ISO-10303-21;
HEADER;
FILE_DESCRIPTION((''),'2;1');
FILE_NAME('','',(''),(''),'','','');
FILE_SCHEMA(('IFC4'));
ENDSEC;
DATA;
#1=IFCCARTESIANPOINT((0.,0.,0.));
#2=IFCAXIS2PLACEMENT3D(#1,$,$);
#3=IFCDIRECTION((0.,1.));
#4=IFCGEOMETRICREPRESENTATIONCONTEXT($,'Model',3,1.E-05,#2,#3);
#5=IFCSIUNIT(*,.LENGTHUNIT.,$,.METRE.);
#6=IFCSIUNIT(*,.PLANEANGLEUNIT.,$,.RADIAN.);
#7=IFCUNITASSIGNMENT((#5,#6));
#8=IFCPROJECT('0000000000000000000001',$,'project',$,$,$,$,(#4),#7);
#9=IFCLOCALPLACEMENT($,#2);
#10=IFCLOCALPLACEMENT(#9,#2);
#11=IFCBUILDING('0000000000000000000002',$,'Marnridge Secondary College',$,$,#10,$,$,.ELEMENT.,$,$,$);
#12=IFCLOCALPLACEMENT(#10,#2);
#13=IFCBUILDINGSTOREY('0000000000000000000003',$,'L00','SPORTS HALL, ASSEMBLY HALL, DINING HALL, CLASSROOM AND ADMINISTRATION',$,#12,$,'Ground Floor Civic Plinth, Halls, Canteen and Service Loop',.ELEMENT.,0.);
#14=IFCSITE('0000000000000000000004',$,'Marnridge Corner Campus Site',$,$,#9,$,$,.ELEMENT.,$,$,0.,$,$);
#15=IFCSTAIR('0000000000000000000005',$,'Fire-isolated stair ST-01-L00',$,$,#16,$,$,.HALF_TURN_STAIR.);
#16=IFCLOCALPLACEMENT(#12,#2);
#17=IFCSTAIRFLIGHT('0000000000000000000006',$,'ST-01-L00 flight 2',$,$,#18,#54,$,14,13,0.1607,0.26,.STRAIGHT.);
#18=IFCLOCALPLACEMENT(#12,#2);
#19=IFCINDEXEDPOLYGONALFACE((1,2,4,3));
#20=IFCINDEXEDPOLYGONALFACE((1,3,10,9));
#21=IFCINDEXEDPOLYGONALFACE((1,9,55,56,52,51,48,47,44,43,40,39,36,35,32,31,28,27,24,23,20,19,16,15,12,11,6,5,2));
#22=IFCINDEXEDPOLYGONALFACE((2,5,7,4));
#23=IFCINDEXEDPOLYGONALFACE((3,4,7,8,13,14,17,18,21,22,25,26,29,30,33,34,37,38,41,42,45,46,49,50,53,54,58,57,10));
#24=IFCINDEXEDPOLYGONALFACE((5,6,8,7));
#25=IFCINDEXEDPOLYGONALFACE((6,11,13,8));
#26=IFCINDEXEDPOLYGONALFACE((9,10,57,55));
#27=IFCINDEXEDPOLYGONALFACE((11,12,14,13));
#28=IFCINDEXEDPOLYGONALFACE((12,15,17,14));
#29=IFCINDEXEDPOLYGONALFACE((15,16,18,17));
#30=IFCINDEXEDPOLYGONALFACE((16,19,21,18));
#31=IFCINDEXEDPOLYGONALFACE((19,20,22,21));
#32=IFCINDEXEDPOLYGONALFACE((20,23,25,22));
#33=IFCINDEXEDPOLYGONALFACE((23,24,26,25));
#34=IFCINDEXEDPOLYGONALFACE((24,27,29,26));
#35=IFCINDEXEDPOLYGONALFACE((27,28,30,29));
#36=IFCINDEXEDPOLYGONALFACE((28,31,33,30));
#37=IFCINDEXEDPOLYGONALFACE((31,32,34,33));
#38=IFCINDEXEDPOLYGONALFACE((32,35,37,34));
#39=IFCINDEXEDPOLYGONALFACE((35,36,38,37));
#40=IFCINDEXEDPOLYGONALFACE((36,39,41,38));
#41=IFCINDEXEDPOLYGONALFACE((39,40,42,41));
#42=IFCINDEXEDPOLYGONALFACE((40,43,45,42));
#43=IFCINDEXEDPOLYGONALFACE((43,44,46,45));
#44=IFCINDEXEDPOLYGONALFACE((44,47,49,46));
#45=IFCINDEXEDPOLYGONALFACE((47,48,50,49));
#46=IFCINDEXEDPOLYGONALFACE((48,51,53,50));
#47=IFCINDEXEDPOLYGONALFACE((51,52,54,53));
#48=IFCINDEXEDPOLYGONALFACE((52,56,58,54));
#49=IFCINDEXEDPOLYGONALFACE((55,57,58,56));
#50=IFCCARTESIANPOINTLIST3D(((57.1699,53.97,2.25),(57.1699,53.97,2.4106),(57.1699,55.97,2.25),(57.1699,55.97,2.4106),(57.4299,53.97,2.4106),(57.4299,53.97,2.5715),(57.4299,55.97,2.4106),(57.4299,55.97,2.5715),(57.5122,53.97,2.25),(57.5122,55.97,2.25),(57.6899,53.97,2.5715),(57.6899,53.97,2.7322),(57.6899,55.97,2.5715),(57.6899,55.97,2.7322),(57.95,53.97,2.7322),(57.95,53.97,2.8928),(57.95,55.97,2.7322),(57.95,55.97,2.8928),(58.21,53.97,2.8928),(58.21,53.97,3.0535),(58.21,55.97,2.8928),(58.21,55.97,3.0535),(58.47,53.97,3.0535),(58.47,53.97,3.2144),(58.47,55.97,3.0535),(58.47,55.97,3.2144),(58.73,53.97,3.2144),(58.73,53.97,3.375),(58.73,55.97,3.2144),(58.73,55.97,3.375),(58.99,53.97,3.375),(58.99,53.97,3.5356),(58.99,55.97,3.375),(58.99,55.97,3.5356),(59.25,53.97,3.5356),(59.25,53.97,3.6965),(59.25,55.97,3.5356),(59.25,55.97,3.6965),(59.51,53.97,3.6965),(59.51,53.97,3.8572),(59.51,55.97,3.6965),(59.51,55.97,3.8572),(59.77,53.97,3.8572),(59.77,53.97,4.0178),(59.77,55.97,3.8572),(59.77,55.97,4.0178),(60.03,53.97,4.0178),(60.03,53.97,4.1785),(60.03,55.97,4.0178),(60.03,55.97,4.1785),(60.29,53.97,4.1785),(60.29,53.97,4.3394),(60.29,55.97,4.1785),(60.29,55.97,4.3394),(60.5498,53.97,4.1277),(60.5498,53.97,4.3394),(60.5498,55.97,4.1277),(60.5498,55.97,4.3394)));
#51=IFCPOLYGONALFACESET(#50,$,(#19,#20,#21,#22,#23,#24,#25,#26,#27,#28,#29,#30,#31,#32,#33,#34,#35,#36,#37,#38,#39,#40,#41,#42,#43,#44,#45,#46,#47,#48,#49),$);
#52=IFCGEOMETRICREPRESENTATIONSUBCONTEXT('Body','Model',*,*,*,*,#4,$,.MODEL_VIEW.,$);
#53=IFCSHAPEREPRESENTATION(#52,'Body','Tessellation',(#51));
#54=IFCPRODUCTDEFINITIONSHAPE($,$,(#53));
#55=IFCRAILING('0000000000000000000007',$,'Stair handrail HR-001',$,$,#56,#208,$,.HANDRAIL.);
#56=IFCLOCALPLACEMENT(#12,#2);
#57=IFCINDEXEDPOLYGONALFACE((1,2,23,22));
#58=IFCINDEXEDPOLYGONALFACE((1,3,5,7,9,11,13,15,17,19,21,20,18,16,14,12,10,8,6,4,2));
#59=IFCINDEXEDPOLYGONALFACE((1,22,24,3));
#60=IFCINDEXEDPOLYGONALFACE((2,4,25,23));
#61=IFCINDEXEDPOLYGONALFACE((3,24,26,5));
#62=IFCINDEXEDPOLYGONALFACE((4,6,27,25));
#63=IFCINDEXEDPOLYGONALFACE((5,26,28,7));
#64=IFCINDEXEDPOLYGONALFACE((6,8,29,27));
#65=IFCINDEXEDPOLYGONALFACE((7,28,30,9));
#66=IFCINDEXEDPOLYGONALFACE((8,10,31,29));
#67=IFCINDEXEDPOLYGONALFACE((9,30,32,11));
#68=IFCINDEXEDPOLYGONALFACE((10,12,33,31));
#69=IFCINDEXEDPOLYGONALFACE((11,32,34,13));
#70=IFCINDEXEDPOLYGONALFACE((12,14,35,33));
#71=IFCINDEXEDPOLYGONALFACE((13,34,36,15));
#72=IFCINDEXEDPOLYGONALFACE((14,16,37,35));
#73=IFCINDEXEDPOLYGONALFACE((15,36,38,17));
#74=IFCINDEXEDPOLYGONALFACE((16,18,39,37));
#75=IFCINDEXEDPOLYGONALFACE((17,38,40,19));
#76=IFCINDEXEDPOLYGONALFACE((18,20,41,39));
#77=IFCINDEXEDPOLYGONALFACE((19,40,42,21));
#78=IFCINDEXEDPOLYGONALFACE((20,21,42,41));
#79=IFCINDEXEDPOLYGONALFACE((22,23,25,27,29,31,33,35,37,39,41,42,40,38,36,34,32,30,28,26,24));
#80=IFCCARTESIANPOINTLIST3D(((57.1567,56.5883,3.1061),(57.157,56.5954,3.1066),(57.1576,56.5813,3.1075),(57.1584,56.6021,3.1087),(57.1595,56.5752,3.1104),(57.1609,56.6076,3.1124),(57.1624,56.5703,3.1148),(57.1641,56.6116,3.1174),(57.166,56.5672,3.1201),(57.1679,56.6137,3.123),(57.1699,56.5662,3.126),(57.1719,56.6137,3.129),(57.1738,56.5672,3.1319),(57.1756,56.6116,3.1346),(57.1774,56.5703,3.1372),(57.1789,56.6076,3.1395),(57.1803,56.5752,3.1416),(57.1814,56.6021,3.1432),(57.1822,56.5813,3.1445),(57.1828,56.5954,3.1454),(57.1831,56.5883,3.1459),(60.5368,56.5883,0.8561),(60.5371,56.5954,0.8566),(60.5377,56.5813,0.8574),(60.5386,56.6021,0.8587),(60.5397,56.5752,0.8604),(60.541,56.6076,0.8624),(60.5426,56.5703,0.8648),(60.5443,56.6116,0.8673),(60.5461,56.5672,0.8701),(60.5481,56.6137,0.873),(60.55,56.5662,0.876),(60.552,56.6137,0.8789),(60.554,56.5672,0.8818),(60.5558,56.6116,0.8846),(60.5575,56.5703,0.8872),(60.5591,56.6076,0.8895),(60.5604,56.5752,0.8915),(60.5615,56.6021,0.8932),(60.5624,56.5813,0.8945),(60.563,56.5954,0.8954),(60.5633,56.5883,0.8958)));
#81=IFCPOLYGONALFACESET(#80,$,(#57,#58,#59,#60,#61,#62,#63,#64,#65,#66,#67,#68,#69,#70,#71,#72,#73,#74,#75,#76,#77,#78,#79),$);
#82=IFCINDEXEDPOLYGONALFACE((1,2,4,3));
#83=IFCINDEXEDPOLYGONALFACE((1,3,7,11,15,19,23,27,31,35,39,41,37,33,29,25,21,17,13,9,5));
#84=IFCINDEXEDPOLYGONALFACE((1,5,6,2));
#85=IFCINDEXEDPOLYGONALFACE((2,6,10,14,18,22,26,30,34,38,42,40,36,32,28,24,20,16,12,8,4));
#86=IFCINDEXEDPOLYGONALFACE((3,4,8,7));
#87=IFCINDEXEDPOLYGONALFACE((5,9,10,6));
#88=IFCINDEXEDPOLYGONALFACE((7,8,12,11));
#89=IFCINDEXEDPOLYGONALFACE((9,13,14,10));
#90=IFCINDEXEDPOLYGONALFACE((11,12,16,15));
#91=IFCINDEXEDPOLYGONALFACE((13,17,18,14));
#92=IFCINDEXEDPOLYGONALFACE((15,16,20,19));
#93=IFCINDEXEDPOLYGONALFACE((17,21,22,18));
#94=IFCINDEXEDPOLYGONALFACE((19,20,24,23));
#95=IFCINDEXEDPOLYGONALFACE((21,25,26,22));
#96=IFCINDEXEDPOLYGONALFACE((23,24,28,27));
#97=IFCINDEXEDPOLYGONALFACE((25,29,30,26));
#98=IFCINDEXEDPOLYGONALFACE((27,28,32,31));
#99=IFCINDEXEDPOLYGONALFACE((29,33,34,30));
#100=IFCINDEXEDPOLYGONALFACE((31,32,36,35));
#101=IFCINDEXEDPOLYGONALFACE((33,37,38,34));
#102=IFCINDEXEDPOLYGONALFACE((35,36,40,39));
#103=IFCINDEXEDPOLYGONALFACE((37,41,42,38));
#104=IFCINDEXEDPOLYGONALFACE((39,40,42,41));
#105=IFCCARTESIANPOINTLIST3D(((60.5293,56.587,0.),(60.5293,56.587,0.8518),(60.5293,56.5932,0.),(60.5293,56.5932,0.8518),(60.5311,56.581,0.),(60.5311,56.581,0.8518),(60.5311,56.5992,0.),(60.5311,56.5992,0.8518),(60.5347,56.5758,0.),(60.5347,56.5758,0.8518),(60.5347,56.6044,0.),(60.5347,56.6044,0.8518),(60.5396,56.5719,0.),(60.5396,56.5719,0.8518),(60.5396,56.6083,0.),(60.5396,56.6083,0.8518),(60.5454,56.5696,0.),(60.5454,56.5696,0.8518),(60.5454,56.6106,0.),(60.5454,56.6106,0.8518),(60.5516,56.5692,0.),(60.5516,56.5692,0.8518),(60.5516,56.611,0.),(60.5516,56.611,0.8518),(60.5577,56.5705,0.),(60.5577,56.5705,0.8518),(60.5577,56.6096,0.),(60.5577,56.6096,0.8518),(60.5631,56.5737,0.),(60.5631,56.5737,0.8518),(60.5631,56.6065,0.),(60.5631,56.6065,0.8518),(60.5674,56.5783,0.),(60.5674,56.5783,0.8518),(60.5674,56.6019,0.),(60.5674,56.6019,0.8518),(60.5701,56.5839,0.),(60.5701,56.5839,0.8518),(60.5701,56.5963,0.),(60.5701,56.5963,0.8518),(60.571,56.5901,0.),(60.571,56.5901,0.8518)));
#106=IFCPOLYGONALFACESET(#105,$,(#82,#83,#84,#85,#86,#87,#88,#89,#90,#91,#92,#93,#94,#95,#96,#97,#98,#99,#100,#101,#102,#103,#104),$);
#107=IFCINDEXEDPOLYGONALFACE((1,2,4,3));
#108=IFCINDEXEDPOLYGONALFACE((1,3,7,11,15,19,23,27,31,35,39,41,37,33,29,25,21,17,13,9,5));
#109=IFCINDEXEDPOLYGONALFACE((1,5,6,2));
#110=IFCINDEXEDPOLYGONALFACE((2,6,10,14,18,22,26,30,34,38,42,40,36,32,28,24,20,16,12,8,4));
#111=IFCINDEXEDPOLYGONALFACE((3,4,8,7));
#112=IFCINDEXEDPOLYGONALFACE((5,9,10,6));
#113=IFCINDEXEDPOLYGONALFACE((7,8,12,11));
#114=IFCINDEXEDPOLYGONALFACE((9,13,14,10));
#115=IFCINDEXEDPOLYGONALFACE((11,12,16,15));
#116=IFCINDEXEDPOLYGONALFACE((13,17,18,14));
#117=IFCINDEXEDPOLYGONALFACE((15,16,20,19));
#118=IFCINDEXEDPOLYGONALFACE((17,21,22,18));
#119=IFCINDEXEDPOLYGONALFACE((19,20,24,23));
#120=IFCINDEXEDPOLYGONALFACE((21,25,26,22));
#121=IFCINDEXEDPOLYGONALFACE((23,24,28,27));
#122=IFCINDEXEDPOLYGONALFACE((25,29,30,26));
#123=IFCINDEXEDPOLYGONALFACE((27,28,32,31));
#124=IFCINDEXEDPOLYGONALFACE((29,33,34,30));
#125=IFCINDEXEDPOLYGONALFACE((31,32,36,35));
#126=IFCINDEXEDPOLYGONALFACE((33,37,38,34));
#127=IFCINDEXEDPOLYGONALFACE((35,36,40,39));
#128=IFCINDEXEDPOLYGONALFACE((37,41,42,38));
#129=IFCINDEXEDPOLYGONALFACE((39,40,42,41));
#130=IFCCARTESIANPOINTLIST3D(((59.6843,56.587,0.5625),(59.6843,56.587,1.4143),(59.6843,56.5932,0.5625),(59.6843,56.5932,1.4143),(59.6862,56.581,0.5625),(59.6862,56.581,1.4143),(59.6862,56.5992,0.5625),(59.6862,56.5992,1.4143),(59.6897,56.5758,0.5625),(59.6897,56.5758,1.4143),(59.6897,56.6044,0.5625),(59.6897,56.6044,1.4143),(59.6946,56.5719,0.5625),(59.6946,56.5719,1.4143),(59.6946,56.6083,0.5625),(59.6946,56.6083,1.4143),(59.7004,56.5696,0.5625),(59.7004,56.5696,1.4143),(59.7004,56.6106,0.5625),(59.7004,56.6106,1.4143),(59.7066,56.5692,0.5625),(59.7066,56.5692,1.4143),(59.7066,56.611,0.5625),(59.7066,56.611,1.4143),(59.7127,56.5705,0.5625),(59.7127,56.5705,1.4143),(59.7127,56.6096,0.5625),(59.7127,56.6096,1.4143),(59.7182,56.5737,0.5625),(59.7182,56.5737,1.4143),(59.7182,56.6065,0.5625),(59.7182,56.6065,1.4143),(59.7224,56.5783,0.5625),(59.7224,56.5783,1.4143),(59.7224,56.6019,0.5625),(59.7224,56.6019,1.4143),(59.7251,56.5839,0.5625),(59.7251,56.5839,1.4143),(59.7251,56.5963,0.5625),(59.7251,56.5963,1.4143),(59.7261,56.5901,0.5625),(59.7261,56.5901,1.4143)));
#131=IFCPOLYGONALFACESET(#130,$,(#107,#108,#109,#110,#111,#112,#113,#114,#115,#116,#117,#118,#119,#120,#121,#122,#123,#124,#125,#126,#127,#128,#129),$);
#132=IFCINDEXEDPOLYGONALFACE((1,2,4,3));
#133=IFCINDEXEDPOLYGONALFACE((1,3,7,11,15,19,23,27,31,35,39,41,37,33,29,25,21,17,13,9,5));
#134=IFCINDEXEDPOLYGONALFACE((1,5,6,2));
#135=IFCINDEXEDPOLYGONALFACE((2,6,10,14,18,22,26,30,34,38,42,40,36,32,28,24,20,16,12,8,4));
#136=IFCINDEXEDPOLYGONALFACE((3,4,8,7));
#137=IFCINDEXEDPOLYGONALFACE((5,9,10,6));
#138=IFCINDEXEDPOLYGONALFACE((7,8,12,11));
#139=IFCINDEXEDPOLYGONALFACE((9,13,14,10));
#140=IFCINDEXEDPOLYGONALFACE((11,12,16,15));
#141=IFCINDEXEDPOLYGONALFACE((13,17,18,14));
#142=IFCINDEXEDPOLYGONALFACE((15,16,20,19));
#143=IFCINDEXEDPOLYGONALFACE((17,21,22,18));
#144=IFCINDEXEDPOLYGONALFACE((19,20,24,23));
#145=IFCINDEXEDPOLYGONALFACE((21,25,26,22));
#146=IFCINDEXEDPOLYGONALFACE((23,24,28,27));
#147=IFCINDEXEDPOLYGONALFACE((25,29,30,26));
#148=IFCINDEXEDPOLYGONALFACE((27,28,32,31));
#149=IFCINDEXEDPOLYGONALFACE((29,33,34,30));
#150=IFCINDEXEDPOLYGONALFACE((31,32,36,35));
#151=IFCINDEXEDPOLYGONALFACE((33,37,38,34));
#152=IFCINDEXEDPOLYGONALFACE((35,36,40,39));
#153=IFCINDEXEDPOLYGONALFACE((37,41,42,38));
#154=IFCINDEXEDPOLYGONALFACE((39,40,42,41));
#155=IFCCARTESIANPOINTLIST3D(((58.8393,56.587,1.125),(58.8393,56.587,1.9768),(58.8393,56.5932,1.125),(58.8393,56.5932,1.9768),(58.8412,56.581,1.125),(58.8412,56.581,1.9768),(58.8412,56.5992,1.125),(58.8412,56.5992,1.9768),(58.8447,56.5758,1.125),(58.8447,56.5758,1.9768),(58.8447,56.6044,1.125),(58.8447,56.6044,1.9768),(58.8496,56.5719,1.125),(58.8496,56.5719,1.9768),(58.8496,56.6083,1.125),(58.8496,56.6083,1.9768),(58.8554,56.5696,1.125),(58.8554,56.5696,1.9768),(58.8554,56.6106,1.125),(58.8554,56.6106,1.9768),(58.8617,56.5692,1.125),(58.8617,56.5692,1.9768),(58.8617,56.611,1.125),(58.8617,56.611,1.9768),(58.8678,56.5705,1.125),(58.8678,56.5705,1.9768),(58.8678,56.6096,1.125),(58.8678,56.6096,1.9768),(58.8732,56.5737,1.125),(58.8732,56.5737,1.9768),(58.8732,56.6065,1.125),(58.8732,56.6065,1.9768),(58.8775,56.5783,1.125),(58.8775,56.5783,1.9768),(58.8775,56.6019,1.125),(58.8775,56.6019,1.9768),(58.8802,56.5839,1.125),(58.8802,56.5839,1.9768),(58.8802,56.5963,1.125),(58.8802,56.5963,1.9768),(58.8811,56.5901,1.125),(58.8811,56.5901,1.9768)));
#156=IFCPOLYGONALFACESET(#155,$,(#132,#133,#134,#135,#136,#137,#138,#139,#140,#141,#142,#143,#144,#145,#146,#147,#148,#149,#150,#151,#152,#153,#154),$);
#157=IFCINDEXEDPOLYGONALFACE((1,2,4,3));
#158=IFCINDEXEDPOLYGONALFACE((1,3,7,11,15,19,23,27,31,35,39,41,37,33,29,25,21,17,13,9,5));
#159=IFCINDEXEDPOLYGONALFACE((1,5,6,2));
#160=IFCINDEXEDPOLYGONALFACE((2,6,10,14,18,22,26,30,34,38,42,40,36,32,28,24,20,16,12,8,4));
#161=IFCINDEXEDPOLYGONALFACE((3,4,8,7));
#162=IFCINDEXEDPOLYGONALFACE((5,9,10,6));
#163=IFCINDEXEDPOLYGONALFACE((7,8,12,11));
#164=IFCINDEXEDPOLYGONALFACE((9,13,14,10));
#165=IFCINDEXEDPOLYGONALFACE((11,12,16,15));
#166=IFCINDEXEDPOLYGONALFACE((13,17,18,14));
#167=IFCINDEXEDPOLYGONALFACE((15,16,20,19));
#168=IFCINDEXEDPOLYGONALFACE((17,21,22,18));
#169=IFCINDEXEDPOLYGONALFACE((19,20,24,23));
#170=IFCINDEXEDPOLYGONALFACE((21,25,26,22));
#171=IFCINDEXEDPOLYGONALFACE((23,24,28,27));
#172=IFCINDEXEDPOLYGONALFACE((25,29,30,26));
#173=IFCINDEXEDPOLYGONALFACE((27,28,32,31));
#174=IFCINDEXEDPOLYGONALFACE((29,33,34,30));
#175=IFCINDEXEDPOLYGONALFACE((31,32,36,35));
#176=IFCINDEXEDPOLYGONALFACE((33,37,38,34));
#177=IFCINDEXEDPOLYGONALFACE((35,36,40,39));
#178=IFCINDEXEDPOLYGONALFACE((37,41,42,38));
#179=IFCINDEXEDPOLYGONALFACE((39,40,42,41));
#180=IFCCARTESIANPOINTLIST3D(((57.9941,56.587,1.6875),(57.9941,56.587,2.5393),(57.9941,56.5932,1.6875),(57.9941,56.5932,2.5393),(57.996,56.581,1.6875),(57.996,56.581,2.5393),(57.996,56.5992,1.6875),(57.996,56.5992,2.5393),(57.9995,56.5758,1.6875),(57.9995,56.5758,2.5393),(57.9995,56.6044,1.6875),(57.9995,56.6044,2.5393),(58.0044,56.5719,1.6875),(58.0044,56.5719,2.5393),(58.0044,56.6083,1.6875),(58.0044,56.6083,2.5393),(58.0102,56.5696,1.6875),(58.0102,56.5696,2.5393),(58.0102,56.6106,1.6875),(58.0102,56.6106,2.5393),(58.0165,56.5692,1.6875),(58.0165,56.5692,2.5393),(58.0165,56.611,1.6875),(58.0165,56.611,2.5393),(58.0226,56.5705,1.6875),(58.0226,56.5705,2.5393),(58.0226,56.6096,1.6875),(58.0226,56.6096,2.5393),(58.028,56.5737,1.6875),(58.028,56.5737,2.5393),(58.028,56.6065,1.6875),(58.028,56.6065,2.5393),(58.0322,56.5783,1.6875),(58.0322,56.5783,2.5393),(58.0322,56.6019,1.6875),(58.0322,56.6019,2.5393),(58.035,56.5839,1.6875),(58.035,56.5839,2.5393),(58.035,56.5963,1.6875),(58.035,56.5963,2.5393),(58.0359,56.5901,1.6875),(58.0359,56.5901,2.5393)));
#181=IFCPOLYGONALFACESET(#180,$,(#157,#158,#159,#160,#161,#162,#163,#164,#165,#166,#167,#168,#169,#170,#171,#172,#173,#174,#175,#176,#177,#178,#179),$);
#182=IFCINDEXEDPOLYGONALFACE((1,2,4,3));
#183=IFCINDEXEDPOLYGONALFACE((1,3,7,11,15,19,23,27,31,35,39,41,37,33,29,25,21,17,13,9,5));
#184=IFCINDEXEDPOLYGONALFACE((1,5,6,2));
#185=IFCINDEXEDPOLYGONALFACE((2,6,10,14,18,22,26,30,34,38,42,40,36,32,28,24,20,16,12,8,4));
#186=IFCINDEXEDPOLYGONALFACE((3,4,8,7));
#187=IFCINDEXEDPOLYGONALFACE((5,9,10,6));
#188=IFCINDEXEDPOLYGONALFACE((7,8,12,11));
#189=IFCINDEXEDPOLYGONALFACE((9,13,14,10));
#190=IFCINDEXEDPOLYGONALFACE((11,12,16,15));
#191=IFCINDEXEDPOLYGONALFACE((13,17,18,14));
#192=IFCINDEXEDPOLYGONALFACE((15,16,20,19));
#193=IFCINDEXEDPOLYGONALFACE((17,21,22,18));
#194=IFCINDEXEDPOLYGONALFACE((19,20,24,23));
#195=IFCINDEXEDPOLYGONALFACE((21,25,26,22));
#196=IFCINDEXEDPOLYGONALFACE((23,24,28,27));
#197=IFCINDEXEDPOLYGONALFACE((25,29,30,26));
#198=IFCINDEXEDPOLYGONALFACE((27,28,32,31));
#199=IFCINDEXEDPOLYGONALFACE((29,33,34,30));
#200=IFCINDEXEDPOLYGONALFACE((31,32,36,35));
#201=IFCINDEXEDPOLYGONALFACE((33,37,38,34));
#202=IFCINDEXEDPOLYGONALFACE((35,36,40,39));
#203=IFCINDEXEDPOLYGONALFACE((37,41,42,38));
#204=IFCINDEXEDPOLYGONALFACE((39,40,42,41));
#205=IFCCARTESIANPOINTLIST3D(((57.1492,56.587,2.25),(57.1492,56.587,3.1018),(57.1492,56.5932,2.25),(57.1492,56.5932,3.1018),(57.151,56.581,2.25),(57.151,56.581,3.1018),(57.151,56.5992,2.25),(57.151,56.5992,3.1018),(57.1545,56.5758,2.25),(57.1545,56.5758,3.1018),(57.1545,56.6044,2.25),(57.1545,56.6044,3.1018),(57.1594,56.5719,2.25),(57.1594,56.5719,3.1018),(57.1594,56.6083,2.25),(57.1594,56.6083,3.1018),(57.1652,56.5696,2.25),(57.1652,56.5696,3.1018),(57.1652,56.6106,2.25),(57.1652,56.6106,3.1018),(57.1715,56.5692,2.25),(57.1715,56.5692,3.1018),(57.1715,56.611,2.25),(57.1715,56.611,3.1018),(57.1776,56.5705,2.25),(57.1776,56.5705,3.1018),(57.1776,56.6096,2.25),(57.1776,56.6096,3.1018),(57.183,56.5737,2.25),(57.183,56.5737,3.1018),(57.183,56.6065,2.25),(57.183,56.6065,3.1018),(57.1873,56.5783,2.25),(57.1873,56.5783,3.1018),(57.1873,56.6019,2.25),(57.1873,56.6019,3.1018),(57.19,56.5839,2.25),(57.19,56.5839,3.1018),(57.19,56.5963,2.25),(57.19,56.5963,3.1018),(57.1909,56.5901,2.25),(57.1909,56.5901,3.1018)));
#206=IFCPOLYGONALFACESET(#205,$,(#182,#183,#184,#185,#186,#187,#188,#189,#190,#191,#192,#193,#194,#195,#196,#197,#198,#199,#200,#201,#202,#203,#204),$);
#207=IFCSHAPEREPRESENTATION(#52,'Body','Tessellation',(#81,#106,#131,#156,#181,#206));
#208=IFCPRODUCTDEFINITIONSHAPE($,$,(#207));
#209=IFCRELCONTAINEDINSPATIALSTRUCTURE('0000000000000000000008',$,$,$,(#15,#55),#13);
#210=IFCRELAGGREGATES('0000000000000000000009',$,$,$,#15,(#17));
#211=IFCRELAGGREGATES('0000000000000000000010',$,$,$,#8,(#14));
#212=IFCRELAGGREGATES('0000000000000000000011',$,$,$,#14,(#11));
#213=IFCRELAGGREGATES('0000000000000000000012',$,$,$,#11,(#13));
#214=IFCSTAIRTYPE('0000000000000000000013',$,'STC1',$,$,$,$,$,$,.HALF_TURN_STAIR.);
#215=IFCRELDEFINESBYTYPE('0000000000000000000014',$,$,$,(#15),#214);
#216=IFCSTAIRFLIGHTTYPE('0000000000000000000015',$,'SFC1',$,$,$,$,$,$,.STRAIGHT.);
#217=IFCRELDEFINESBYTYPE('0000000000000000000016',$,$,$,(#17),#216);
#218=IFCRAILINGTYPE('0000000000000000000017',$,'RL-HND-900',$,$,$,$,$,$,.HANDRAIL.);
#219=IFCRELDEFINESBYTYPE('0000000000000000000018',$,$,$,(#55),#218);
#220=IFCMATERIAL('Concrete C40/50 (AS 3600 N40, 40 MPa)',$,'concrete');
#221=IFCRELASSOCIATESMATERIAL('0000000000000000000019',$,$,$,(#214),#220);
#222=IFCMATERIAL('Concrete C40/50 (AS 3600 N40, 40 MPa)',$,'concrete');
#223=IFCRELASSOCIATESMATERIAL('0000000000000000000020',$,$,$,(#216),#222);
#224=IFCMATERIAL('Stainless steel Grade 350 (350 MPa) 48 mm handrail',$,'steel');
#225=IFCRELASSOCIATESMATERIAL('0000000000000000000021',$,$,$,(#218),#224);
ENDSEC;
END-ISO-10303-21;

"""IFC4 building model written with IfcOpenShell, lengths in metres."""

from ifc_helpers import new_model, si_unit, direction, frame, origin, origin_2d, place, context, subcontext, project, spatial, polyline, circle, outline, extrude, material, type_object, element, aggregate, save


model = new_model("IFC4")

# Units and contexts
model_context = context("Model", 3, precision=1e-05, world=origin(), true_north=direction((0.0, 1.0)))
body_context = subcontext(model_context, "Body", "Model", "MODEL_VIEW")
ifc_project = project(units=[si_unit("LENGTHUNIT", "METRE"), si_unit("PLANEANGLEUNIT", "RADIAN")], contexts=[model_context])

# Site, building, storey
site_placement = place(None, origin())
site = spatial("IfcSite", under=ifc_project, at=site_placement, Name="Marnridge Corner Campus Site", CompositionType="ELEMENT", RefElevation=0.0)
building_placement = place(site_placement, origin())
building = spatial("IfcBuilding", under=site, at=building_placement, Name="Marnridge Secondary College", CompositionType="ELEMENT")
storey_placement = place(building_placement, origin())
storey = spatial("IfcBuildingStorey", under=building, at=storey_placement, Name="L00", Description="SPORTS HALL, ASSEMBLY HALL, DINING HALL, CLASSROOM AND ADMINISTRATION", LongName="Ground Floor Civic Plinth, Halls, Canteen and Service Loop", CompositionType="ELEMENT", Elevation=0.0)

# Stair, stair flight
ifc_material_1 = material(Name="Concrete C40/50 (AS 3600 N40, 40 MPa)", Category="concrete")
stair_type = type_object("IfcStairType", Name="STC1", PredefinedType="HALF_TURN_STAIR", material=ifc_material_1)
stair_placement = place(storey_placement, origin())
stair = element("IfcStair", 1, at=stair_placement, inside=storey, type_object=stair_type, Name="Fire-isolated stair ST-01-L00", PredefinedType="HALF_TURN_STAIR")
ifc_material_2 = material(Name="Concrete C40/50 (AS 3600 N40, 40 MPa)", Category="concrete")
stair_flight_type = type_object("IfcStairFlightType", Name="SFC1", PredefinedType="STRAIGHT", material=ifc_material_2)
stair_flight_1_placement = place(storey_placement, frame((57.1699, 54.97, 2.25), z_axis=(0.0, 0.0, 1.0), x_axis=(1.0, 0.0, 0.0)))
stair_flight_1 = element("IfcStairFlight", 2, at=stair_flight_1_placement, type_object=stair_flight_type, Name="ST-01-L00 flight 2", NumberOfRisers=14, NumberOfTreads=13, PredefinedType="STRAIGHT", RiserHeight=0.1607, TreadLength=0.26, context=body_context, shape_type="SweptSolid", body=[
    extrude(outline(polyline([(0.0, 0.0), (0.0, 0.1606), (0.26, 0.1606), (0.26, 0.3215), (0.52, 0.3215), (0.52, 0.4822), (0.78, 0.4822), (0.78, 0.6428), (1.04, 0.6428), (1.04, 0.8035), (1.3, 0.8035), (1.3, 0.9644), (1.5601, 0.9644), (1.5601, 1.125), (1.8201, 1.125), (1.8201, 1.2856), (2.0801, 1.2856), (2.0801, 1.4465), (2.3401, 1.4465), (2.3401, 1.6072), (2.6001, 1.6072), (2.6001, 1.7678), (2.8601, 1.7678), (2.8601, 1.9285), (3.1201, 1.9285), (3.1201, 2.0894), (3.3799, 2.0894), (3.3799, 2.25), (3.3799, 1.8777), (0.3423, 0.0), (0.0, 0.0)])), frame((0.0, 1.0, 0.0), z_axis=(0.0, -1.0, 0.0), x_axis=(1.0, 0.0, 0.0)), (0.0, 0.0, 1.0), 2.0),
])
aggregate(stair, [stair_flight_1])

# Railing
ifc_material_3 = material(Name="Stainless steel Grade 350 (350 MPa) 48 mm handrail", Category="steel")
railing_type_1 = type_object("IfcRailingType", Name="RL-HND-900", PredefinedType="HANDRAIL", material=ifc_material_3)
for number, where, name in (
    (3, (60.55, 56.5901, 0.0), "Stair handrail HR-001"),
):
    element("IfcRailing", number, at=place(storey_placement, frame(where)), inside=storey, type_object=railing_type_1, Name=name, PredefinedType="HANDRAIL", context=body_context, shape_type="SweptSolid", body=[
        extrude(circle(Radius=0.0239, at=origin_2d()), frame((0.0, 0.0, 0.876), z_axis=(-0.832439, 0.0, 0.554117), x_axis=(0.0, -1.0, 0.0)), (0.0, 0.0, 1.0), 4.0605),
        extrude(circle(Radius=0.021, at=origin_2d()), origin(), (0.0, 0.0, 1.0), 0.8518),
        extrude(circle(Radius=0.021, at=origin_2d()), frame((-0.845, 0.0, 0.5625)), (0.0, 0.0, 1.0), 0.8518),
        extrude(circle(Radius=0.021, at=origin_2d()), frame((-1.6899, 0.0, 1.125)), (0.0, 0.0, 1.0), 0.8518),
        extrude(circle(Radius=0.021, at=origin_2d()), frame((-2.5352, 0.0, 1.6875)), (0.0, 0.0, 1.0), 0.8518),
        extrude(circle(Radius=0.021, at=origin_2d()), frame((-3.3801, 0.0, 2.25)), (0.0, 0.0, 1.0), 0.8518),
    ])

save(model, "model.ifc")
